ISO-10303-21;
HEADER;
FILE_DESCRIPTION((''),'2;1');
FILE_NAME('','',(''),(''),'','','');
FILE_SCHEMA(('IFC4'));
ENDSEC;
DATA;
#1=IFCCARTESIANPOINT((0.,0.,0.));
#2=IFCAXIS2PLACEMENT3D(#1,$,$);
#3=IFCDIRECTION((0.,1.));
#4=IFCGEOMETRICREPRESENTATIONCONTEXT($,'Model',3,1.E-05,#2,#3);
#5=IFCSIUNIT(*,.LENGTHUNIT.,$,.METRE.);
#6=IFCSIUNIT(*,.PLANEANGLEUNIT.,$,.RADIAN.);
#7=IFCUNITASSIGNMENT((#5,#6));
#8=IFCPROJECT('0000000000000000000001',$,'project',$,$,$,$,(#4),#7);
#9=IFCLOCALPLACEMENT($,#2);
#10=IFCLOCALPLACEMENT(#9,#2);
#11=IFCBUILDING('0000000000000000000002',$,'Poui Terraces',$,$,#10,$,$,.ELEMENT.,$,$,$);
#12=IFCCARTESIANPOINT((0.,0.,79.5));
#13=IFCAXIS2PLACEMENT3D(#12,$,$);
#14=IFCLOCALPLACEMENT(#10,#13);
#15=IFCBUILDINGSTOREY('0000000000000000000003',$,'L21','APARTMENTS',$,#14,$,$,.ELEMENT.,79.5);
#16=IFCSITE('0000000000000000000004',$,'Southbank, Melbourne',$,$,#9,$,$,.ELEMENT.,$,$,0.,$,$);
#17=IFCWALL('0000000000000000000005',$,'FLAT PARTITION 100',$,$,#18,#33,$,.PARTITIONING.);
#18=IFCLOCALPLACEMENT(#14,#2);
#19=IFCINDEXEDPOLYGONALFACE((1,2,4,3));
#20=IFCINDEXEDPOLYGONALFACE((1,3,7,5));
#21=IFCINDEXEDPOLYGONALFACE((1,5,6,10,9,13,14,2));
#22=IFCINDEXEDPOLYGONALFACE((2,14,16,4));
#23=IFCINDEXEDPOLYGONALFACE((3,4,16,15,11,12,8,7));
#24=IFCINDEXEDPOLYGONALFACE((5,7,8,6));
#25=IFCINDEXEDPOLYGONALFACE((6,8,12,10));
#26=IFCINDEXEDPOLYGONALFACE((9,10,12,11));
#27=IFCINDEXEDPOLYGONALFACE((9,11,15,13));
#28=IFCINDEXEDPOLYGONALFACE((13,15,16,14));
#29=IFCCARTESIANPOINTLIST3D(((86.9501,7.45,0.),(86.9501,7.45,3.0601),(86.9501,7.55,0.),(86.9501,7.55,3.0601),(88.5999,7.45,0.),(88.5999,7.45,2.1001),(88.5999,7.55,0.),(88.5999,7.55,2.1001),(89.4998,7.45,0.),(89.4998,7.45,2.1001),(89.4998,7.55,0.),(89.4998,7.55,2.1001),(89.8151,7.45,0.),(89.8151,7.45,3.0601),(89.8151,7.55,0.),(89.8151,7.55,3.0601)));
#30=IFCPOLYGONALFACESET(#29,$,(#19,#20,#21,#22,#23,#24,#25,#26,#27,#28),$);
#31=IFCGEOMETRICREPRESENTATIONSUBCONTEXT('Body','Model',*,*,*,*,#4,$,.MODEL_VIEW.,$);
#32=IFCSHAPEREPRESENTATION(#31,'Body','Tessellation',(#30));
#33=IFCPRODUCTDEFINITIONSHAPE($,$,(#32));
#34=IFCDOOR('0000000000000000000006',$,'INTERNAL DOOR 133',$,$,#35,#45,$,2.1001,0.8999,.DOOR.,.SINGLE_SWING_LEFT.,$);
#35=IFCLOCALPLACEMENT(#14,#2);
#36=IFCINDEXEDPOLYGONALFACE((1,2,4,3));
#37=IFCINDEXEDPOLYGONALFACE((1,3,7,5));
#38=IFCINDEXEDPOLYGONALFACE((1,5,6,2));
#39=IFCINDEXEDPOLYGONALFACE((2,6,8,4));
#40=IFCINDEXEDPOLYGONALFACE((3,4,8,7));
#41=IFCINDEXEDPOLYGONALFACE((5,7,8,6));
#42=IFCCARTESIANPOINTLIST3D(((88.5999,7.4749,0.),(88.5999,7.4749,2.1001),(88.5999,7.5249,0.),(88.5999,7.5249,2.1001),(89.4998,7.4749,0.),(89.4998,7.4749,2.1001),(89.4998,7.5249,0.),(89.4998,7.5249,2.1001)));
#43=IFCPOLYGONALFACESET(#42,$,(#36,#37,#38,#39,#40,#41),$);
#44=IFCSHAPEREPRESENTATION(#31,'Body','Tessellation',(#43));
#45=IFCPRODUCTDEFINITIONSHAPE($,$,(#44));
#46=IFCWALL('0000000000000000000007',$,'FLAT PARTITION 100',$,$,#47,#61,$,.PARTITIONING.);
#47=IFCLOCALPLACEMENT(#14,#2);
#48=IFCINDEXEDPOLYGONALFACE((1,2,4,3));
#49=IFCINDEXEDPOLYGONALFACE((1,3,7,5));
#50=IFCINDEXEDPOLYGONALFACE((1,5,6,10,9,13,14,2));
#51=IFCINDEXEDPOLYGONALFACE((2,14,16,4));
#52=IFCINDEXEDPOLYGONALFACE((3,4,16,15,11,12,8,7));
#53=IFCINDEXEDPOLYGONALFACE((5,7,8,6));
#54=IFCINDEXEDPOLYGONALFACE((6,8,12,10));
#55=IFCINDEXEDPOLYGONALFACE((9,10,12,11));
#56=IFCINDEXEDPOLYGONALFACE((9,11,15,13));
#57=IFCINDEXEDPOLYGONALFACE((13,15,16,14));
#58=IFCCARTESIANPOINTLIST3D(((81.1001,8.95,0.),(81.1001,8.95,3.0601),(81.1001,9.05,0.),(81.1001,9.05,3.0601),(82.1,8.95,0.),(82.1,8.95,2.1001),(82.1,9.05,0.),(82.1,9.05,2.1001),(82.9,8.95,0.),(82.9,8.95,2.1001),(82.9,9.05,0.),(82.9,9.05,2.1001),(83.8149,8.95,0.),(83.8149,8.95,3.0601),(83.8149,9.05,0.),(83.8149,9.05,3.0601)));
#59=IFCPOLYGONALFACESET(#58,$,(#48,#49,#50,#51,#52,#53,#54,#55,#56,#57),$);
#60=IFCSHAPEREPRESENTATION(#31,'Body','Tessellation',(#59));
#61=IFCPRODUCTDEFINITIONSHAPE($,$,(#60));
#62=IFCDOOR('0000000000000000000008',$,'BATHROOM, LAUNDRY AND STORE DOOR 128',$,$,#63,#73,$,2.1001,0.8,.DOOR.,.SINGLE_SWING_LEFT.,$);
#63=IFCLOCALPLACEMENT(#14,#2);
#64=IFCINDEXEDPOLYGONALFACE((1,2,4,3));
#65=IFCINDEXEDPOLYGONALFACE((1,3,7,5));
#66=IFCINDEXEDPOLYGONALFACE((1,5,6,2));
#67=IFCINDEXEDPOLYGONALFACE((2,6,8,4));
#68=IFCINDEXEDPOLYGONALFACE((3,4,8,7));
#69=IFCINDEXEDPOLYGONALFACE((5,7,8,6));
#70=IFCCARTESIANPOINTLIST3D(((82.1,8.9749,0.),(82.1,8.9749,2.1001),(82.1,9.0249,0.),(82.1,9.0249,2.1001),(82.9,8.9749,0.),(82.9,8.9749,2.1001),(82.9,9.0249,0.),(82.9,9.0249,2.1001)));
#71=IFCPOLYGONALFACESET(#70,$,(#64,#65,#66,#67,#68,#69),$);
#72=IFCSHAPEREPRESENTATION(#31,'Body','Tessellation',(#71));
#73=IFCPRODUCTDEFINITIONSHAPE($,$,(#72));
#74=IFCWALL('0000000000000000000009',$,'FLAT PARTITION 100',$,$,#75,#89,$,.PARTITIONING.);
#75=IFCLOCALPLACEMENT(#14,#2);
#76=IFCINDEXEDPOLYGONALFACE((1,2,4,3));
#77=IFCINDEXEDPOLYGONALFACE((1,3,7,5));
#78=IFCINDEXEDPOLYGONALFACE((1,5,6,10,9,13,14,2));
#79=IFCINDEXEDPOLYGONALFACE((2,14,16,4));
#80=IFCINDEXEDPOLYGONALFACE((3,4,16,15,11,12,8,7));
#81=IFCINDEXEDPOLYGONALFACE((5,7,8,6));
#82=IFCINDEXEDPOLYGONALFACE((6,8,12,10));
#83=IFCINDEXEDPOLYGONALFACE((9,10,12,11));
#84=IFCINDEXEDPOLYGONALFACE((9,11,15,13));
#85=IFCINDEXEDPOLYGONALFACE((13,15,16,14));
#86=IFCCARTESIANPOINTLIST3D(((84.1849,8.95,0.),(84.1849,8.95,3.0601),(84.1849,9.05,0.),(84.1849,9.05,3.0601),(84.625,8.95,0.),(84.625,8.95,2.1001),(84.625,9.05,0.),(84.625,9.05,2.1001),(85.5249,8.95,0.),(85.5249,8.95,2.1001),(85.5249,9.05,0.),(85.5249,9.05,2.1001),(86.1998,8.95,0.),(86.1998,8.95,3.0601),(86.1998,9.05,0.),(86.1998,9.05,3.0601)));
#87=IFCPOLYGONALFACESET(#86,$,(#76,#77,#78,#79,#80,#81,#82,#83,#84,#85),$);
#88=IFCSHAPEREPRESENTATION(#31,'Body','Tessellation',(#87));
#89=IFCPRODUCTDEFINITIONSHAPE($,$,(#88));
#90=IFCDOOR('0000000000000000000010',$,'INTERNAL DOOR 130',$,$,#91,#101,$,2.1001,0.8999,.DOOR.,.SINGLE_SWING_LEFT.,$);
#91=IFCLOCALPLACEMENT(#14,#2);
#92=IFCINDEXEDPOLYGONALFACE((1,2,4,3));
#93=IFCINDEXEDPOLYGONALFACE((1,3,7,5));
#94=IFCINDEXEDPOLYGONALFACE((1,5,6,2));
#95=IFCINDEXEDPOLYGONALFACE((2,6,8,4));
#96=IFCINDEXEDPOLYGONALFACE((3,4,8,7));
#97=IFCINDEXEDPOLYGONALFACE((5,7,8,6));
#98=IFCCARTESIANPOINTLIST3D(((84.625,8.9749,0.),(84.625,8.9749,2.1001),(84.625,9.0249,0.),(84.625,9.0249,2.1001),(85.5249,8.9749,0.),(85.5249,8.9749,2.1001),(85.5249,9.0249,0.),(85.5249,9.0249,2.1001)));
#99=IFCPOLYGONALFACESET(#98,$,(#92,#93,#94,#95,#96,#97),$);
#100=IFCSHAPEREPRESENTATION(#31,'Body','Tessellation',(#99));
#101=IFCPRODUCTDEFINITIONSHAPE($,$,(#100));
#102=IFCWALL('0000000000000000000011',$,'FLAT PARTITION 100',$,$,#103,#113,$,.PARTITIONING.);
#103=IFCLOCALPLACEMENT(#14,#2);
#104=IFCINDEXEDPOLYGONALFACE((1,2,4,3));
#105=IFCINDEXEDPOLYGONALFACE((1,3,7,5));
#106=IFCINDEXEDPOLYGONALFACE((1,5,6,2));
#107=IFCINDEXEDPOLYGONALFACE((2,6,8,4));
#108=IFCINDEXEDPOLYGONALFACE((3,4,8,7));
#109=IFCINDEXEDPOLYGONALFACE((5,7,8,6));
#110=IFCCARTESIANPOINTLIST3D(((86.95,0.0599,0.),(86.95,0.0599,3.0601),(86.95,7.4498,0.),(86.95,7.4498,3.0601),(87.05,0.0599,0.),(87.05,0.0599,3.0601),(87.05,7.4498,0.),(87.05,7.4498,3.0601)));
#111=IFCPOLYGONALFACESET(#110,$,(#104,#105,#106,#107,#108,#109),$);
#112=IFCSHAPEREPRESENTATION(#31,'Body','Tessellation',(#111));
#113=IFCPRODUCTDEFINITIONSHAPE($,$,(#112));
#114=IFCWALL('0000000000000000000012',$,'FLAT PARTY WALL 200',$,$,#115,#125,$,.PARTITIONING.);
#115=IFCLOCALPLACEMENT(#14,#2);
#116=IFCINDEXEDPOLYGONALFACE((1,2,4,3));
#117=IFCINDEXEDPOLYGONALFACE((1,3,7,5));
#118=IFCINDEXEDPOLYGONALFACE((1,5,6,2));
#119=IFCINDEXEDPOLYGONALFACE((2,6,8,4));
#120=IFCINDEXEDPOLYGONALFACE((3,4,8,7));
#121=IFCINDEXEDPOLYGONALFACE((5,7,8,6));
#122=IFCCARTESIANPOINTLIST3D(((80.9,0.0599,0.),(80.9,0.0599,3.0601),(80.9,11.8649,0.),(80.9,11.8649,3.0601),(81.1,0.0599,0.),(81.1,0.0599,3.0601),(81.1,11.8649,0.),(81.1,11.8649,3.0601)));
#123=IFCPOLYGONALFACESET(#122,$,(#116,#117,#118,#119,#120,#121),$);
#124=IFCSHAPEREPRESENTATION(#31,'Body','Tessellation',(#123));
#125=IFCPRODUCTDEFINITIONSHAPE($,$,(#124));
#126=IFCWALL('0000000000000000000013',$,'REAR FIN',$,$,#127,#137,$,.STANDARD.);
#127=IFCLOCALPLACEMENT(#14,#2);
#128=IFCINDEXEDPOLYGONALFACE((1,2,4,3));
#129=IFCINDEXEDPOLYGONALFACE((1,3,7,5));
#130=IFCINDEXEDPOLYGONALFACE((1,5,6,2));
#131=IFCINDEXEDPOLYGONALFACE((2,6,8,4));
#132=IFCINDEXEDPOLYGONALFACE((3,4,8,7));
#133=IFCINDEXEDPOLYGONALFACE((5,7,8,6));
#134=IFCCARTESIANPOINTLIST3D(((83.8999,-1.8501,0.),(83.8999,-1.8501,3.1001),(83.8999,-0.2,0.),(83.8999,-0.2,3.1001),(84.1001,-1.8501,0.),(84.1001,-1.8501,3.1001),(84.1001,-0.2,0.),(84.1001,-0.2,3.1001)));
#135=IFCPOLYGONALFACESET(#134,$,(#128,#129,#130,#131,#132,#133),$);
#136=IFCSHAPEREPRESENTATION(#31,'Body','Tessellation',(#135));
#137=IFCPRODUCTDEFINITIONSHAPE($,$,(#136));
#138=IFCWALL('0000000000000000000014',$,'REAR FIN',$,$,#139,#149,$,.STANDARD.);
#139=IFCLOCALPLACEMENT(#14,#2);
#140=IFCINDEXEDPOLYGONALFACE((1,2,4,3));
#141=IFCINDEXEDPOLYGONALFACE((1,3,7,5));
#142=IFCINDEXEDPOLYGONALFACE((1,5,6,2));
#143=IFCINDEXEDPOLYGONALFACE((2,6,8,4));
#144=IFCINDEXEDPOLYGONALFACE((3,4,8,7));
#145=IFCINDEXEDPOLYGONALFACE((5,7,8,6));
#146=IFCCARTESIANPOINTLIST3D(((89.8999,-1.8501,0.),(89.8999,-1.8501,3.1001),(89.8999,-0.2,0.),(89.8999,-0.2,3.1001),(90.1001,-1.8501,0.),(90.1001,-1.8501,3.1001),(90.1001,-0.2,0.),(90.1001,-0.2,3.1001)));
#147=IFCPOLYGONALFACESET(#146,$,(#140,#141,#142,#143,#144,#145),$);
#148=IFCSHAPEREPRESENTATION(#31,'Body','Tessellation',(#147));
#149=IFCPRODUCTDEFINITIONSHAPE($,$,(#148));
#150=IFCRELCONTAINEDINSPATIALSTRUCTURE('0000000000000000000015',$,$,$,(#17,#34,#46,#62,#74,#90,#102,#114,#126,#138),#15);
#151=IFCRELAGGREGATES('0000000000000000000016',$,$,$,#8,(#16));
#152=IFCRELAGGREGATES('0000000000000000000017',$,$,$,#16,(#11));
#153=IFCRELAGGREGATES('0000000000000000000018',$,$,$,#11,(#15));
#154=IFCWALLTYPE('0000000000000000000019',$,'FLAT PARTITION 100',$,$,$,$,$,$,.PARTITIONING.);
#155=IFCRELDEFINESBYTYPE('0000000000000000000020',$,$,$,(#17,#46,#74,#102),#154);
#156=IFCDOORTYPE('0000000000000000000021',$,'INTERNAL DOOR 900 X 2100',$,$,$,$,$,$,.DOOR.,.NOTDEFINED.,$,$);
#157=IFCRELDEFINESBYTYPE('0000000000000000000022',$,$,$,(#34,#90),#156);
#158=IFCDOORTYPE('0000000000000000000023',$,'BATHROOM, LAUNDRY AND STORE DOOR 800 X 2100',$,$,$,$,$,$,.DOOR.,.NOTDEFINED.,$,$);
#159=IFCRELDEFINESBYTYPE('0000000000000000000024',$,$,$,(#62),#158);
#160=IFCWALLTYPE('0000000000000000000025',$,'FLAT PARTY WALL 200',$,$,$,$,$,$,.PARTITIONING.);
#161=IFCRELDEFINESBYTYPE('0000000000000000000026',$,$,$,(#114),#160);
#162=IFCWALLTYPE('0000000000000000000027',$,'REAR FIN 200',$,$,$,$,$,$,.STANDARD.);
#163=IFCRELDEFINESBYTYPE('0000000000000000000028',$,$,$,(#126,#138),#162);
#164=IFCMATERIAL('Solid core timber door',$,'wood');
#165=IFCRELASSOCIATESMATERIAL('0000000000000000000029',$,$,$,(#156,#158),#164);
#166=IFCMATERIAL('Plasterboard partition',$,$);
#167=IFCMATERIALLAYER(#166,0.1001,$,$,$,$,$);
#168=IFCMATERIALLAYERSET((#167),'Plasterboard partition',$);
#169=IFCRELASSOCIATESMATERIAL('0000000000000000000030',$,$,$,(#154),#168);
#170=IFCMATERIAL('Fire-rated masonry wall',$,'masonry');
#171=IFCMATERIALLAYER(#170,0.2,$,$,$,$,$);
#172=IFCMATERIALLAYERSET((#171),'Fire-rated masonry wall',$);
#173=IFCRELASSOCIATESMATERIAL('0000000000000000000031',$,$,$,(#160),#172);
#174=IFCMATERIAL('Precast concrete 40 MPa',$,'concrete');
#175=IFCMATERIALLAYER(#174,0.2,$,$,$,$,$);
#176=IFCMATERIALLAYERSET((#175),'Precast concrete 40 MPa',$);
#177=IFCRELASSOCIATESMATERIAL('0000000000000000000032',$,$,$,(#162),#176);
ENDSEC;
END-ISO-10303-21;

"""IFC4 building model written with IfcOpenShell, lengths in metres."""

from ifc_helpers import new_model, si_unit, direction, frame, frame_2d, origin, place, context, subcontext, project, spatial, polyline, rectangle, outline, extrude, source, transform, mapped, material, layer, layer_set, type_object, element, fill, save


model = new_model("IFC4")

# Units and contexts
model_context = context("Model", 3, precision=1e-05, world=origin(), true_north=direction((0.0, 1.0)))
body_context = subcontext(model_context, "Body", "Model", "MODEL_VIEW")
ifc_project = project(units=[si_unit("LENGTHUNIT", "METRE"), si_unit("PLANEANGLEUNIT", "RADIAN")], contexts=[model_context])

# Site, building, storey
site_placement = place(None, origin())
site = spatial("IfcSite", under=ifc_project, at=site_placement, Name="Southbank, Melbourne", CompositionType="ELEMENT", RefElevation=0.0)
building_placement = place(site_placement, origin())
building = spatial("IfcBuilding", under=site, at=building_placement, Name="Poui Terraces", CompositionType="ELEMENT")
storey_placement = place(building_placement, frame((0.0, 0.0, 79.5)))
storey = spatial("IfcBuildingStorey", under=building, at=storey_placement, Name="L21", Description="APARTMENTS", CompositionType="ELEMENT", Elevation=79.5)

# Shared definitions
ifc_material_1 = material(Name="Precast concrete 40 MPa", Category="concrete")

# Shared definitions
ifc_material_2 = material(Name="Solid core timber door", Category="wood")
door_type_1 = type_object("IfcDoorType", Name="INTERNAL DOOR 900 X 2100", OperationType="NOTDEFINED", PredefinedType="DOOR", material=ifc_material_2)

# Walls, openings, doors
ifc_material_3 = material(Name="Plasterboard partition")
ifc_layer_1 = layer(ifc_material_3, 0.1001)
ifc_layer_set_1 = layer_set([ifc_layer_1], Name="Plasterboard partition")
wall_type_1 = type_object("IfcWallType", Name="FLAT PARTITION 100", PredefinedType="PARTITIONING", material=ifc_layer_set_1)
wall_1_placement = place(storey_placement, frame((86.95, 7.5, 0.0), z_axis=(0.0, 0.0, 1.0), x_axis=(1.0, 0.0, 0.0)))
wall_1 = element("IfcWall", 1, at=wall_1_placement, inside=storey, type_object=wall_type_1, Name="FLAT PARTITION 100", PredefinedType="PARTITIONING", context=body_context, shape_type="SweptSolid", body=[
    extrude(rectangle(XDim=2.865, YDim=0.1001, at=frame_2d((1.4326, 0.0))), origin(), (0.0, 0.0, 1.0), 3.0601),
])
opening_1_placement = place(wall_1_placement, frame((1.6499, 0.0, 0.0)))
opening_1 = element("IfcOpeningElement", 2, at=opening_1_placement, cuts=wall_1, PredefinedType="OPENING", context=body_context, shape_type="SweptSolid", body=[
    extrude(rectangle(XDim=0.8999, YDim=2.1001, at=frame_2d((0.45, 1.05))), frame((0.0, 0.0601, 0.0), z_axis=(0.0, -1.0, 0.0), x_axis=(1.0, 0.0, 0.0)), (0.0, 0.0, 1.0), 0.1201),
])
door_1_placement = place(opening_1_placement, origin())
door_1 = element("IfcDoor", 3, at=door_1_placement, inside=storey, type_object=door_type_1, Name="INTERNAL DOOR 133", OperationType="SINGLE_SWING_LEFT", OverallHeight=2.1001, OverallWidth=0.8999, PredefinedType="DOOR", context=body_context, shape_type="SweptSolid", body=[
    extrude(rectangle(XDim=0.8999, YDim=2.1001, at=frame_2d((0.45, 1.05))), frame((0.0, 0.0249, 0.0), z_axis=(0.0, -1.0, 0.0), x_axis=(1.0, 0.0, 0.0)), (0.0, 0.0, 1.0), 0.05),
])
fill(opening_1, door_1)
wall_2_placement = place(storey_placement, frame((81.1001, 9.0, 0.0), z_axis=(0.0, 0.0, 1.0), x_axis=(1.0, 0.0, 0.0)))
wall_2 = element("IfcWall", 4, at=wall_2_placement, inside=storey, type_object=wall_type_1, Name="FLAT PARTITION 100", PredefinedType="PARTITIONING", context=body_context, shape_type="SweptSolid", body=[
    extrude(rectangle(XDim=2.7148, YDim=0.1001, at=frame_2d((1.3574, 0.0))), origin(), (0.0, 0.0, 1.0), 3.0601),
])
opening_2_placement = place(wall_2_placement, frame((1.0, 0.0, 0.0)))
opening_2 = element("IfcOpeningElement", 5, at=opening_2_placement, cuts=wall_2, PredefinedType="OPENING", context=body_context, shape_type="SweptSolid", body=[
    extrude(rectangle(XDim=0.8, YDim=2.1001, at=frame_2d((0.3999, 1.05))), frame((0.0, 0.0601, 0.0), z_axis=(0.0, -1.0, 0.0), x_axis=(1.0, 0.0, 0.0)), (0.0, 0.0, 1.0), 0.1201),
])
door_type_2 = type_object("IfcDoorType", Name="BATHROOM, LAUNDRY AND STORE DOOR 800 X 2100", OperationType="NOTDEFINED", PredefinedType="DOOR", material=ifc_material_2)
door_2_placement = place(opening_2_placement, origin())
door_2 = element("IfcDoor", 6, at=door_2_placement, inside=storey, type_object=door_type_2, Name="BATHROOM, LAUNDRY AND STORE DOOR 128", OperationType="SINGLE_SWING_LEFT", OverallHeight=2.1001, OverallWidth=0.8, PredefinedType="DOOR", context=body_context, shape_type="SweptSolid", body=[
    extrude(rectangle(XDim=0.8, YDim=2.1001, at=frame_2d((0.3999, 1.05))), frame((0.0, 0.0249, 0.0), z_axis=(0.0, -1.0, 0.0), x_axis=(1.0, 0.0, 0.0)), (0.0, 0.0, 1.0), 0.05),
])
fill(opening_2, door_2)
wall_3_placement = place(storey_placement, frame((84.1851, 9.0, 0.0), z_axis=(0.0, 0.0, 1.0), x_axis=(1.0, 0.0, 0.0)))
wall_3 = element("IfcWall", 7, at=wall_3_placement, inside=storey, type_object=wall_type_1, Name="FLAT PARTITION 100", PredefinedType="PARTITIONING", context=body_context, shape_type="SweptSolid", body=[
    extrude(rectangle(XDim=2.0149, YDim=0.1001, at=frame_2d((1.0073, 0.0))), origin(), (0.0, 0.0, 1.0), 3.0601),
])
opening_3_placement = place(wall_3_placement, frame((0.4399, 0.0, 0.0)))
opening_3 = element("IfcOpeningElement", 8, at=opening_3_placement, cuts=wall_3, PredefinedType="OPENING", context=body_context, shape_type="SweptSolid", body=[
    extrude(rectangle(XDim=0.8999, YDim=2.1001, at=frame_2d((0.45, 1.05))), frame((0.0, 0.0601, 0.0), z_axis=(0.0, -1.0, 0.0), x_axis=(1.0, 0.0, 0.0)), (0.0, 0.0, 1.0), 0.1201),
])
door_3_placement = place(opening_3_placement, origin())
door_3 = element("IfcDoor", 9, at=door_3_placement, inside=storey, type_object=door_type_1, Name="INTERNAL DOOR 130", OperationType="SINGLE_SWING_LEFT", OverallHeight=2.1001, OverallWidth=0.8999, PredefinedType="DOOR", context=body_context, shape_type="SweptSolid", body=[
    extrude(rectangle(XDim=0.8999, YDim=2.1001, at=frame_2d((0.45, 1.05))), frame((0.0, 0.0249, 0.0), z_axis=(0.0, -1.0, 0.0), x_axis=(1.0, 0.0, 0.0)), (0.0, 0.0, 1.0), 0.05),
])
fill(opening_3, door_3)

# Walls
wall_4_placement = place(storey_placement, frame((87.0, 0.0601, 0.0), z_axis=(0.0, 0.0, 1.0), x_axis=(0.0, 1.0, 0.0)))
element("IfcWall", 10, at=wall_4_placement, inside=storey, type_object=wall_type_1, Name="FLAT PARTITION 100", PredefinedType="PARTITIONING", context=body_context, shape_type="SweptSolid", body=[
    extrude(rectangle(XDim=7.3899, YDim=0.1001, at=frame_2d((3.6948, 0.0))), origin(), (0.0, 0.0, 1.0), 3.0601),
])
ifc_material_4 = material(Name="Fire-rated masonry wall", Category="masonry")
ifc_layer_2 = layer(ifc_material_4, 0.2)
ifc_layer_set_2 = layer_set([ifc_layer_2], Name="Fire-rated masonry wall")
wall_type_2 = type_object("IfcWallType", Name="FLAT PARTY WALL 200", PredefinedType="PARTITIONING", material=ifc_layer_set_2)
wall_5_placement = place(storey_placement, frame((81.0, 0.0601, 0.0), z_axis=(0.0, 0.0, 1.0), x_axis=(0.0, 1.0, 0.0)))
element("IfcWall", 11, at=wall_5_placement, inside=storey, type_object=wall_type_2, Name="FLAT PARTY WALL 200", PredefinedType="PARTITIONING", context=body_context, shape_type="SweptSolid", body=[
    extrude(rectangle(XDim=11.8049, YDim=0.2, at=frame_2d((5.9023, 0.0))), origin(), (0.0, 0.0, 1.0), 3.0601),
])
ifc_layer_3 = layer(ifc_material_1, 0.2)
ifc_layer_set_3 = layer_set([ifc_layer_3], Name="Precast concrete 40 MPa")
wall_type_3 = type_object("IfcWallType", Name="REAR FIN 200", PredefinedType="STANDARD", material=ifc_layer_set_3)
shared_shape_1 = source(origin(), body_context, "Body", "SweptSolid", [
    extrude(outline(polyline([(0.0, 0.0), (0.2002, 0.0), (0.2002, 1.6501), (0.0, 1.6501), (0.0, 0.0)])), origin(), (0.0, 0.0, 1.0), 3.1001),
])
for number, where, name in (
    (12, (83.8999, -1.8501, 0.0), "REAR FIN"),
    (13, (89.8999, -1.8501, 0.0), "REAR FIN"),
):
    element("IfcWall", number, at=place(storey_placement, frame(where)), inside=storey, type_object=wall_type_3, Name=name, PredefinedType="STANDARD", context=body_context, shape_type="MappedRepresentation", body=[
        mapped(shared_shape_1, transform((0.0, 0.0, 0.0))),
    ])

save(model, "model.ifc")
